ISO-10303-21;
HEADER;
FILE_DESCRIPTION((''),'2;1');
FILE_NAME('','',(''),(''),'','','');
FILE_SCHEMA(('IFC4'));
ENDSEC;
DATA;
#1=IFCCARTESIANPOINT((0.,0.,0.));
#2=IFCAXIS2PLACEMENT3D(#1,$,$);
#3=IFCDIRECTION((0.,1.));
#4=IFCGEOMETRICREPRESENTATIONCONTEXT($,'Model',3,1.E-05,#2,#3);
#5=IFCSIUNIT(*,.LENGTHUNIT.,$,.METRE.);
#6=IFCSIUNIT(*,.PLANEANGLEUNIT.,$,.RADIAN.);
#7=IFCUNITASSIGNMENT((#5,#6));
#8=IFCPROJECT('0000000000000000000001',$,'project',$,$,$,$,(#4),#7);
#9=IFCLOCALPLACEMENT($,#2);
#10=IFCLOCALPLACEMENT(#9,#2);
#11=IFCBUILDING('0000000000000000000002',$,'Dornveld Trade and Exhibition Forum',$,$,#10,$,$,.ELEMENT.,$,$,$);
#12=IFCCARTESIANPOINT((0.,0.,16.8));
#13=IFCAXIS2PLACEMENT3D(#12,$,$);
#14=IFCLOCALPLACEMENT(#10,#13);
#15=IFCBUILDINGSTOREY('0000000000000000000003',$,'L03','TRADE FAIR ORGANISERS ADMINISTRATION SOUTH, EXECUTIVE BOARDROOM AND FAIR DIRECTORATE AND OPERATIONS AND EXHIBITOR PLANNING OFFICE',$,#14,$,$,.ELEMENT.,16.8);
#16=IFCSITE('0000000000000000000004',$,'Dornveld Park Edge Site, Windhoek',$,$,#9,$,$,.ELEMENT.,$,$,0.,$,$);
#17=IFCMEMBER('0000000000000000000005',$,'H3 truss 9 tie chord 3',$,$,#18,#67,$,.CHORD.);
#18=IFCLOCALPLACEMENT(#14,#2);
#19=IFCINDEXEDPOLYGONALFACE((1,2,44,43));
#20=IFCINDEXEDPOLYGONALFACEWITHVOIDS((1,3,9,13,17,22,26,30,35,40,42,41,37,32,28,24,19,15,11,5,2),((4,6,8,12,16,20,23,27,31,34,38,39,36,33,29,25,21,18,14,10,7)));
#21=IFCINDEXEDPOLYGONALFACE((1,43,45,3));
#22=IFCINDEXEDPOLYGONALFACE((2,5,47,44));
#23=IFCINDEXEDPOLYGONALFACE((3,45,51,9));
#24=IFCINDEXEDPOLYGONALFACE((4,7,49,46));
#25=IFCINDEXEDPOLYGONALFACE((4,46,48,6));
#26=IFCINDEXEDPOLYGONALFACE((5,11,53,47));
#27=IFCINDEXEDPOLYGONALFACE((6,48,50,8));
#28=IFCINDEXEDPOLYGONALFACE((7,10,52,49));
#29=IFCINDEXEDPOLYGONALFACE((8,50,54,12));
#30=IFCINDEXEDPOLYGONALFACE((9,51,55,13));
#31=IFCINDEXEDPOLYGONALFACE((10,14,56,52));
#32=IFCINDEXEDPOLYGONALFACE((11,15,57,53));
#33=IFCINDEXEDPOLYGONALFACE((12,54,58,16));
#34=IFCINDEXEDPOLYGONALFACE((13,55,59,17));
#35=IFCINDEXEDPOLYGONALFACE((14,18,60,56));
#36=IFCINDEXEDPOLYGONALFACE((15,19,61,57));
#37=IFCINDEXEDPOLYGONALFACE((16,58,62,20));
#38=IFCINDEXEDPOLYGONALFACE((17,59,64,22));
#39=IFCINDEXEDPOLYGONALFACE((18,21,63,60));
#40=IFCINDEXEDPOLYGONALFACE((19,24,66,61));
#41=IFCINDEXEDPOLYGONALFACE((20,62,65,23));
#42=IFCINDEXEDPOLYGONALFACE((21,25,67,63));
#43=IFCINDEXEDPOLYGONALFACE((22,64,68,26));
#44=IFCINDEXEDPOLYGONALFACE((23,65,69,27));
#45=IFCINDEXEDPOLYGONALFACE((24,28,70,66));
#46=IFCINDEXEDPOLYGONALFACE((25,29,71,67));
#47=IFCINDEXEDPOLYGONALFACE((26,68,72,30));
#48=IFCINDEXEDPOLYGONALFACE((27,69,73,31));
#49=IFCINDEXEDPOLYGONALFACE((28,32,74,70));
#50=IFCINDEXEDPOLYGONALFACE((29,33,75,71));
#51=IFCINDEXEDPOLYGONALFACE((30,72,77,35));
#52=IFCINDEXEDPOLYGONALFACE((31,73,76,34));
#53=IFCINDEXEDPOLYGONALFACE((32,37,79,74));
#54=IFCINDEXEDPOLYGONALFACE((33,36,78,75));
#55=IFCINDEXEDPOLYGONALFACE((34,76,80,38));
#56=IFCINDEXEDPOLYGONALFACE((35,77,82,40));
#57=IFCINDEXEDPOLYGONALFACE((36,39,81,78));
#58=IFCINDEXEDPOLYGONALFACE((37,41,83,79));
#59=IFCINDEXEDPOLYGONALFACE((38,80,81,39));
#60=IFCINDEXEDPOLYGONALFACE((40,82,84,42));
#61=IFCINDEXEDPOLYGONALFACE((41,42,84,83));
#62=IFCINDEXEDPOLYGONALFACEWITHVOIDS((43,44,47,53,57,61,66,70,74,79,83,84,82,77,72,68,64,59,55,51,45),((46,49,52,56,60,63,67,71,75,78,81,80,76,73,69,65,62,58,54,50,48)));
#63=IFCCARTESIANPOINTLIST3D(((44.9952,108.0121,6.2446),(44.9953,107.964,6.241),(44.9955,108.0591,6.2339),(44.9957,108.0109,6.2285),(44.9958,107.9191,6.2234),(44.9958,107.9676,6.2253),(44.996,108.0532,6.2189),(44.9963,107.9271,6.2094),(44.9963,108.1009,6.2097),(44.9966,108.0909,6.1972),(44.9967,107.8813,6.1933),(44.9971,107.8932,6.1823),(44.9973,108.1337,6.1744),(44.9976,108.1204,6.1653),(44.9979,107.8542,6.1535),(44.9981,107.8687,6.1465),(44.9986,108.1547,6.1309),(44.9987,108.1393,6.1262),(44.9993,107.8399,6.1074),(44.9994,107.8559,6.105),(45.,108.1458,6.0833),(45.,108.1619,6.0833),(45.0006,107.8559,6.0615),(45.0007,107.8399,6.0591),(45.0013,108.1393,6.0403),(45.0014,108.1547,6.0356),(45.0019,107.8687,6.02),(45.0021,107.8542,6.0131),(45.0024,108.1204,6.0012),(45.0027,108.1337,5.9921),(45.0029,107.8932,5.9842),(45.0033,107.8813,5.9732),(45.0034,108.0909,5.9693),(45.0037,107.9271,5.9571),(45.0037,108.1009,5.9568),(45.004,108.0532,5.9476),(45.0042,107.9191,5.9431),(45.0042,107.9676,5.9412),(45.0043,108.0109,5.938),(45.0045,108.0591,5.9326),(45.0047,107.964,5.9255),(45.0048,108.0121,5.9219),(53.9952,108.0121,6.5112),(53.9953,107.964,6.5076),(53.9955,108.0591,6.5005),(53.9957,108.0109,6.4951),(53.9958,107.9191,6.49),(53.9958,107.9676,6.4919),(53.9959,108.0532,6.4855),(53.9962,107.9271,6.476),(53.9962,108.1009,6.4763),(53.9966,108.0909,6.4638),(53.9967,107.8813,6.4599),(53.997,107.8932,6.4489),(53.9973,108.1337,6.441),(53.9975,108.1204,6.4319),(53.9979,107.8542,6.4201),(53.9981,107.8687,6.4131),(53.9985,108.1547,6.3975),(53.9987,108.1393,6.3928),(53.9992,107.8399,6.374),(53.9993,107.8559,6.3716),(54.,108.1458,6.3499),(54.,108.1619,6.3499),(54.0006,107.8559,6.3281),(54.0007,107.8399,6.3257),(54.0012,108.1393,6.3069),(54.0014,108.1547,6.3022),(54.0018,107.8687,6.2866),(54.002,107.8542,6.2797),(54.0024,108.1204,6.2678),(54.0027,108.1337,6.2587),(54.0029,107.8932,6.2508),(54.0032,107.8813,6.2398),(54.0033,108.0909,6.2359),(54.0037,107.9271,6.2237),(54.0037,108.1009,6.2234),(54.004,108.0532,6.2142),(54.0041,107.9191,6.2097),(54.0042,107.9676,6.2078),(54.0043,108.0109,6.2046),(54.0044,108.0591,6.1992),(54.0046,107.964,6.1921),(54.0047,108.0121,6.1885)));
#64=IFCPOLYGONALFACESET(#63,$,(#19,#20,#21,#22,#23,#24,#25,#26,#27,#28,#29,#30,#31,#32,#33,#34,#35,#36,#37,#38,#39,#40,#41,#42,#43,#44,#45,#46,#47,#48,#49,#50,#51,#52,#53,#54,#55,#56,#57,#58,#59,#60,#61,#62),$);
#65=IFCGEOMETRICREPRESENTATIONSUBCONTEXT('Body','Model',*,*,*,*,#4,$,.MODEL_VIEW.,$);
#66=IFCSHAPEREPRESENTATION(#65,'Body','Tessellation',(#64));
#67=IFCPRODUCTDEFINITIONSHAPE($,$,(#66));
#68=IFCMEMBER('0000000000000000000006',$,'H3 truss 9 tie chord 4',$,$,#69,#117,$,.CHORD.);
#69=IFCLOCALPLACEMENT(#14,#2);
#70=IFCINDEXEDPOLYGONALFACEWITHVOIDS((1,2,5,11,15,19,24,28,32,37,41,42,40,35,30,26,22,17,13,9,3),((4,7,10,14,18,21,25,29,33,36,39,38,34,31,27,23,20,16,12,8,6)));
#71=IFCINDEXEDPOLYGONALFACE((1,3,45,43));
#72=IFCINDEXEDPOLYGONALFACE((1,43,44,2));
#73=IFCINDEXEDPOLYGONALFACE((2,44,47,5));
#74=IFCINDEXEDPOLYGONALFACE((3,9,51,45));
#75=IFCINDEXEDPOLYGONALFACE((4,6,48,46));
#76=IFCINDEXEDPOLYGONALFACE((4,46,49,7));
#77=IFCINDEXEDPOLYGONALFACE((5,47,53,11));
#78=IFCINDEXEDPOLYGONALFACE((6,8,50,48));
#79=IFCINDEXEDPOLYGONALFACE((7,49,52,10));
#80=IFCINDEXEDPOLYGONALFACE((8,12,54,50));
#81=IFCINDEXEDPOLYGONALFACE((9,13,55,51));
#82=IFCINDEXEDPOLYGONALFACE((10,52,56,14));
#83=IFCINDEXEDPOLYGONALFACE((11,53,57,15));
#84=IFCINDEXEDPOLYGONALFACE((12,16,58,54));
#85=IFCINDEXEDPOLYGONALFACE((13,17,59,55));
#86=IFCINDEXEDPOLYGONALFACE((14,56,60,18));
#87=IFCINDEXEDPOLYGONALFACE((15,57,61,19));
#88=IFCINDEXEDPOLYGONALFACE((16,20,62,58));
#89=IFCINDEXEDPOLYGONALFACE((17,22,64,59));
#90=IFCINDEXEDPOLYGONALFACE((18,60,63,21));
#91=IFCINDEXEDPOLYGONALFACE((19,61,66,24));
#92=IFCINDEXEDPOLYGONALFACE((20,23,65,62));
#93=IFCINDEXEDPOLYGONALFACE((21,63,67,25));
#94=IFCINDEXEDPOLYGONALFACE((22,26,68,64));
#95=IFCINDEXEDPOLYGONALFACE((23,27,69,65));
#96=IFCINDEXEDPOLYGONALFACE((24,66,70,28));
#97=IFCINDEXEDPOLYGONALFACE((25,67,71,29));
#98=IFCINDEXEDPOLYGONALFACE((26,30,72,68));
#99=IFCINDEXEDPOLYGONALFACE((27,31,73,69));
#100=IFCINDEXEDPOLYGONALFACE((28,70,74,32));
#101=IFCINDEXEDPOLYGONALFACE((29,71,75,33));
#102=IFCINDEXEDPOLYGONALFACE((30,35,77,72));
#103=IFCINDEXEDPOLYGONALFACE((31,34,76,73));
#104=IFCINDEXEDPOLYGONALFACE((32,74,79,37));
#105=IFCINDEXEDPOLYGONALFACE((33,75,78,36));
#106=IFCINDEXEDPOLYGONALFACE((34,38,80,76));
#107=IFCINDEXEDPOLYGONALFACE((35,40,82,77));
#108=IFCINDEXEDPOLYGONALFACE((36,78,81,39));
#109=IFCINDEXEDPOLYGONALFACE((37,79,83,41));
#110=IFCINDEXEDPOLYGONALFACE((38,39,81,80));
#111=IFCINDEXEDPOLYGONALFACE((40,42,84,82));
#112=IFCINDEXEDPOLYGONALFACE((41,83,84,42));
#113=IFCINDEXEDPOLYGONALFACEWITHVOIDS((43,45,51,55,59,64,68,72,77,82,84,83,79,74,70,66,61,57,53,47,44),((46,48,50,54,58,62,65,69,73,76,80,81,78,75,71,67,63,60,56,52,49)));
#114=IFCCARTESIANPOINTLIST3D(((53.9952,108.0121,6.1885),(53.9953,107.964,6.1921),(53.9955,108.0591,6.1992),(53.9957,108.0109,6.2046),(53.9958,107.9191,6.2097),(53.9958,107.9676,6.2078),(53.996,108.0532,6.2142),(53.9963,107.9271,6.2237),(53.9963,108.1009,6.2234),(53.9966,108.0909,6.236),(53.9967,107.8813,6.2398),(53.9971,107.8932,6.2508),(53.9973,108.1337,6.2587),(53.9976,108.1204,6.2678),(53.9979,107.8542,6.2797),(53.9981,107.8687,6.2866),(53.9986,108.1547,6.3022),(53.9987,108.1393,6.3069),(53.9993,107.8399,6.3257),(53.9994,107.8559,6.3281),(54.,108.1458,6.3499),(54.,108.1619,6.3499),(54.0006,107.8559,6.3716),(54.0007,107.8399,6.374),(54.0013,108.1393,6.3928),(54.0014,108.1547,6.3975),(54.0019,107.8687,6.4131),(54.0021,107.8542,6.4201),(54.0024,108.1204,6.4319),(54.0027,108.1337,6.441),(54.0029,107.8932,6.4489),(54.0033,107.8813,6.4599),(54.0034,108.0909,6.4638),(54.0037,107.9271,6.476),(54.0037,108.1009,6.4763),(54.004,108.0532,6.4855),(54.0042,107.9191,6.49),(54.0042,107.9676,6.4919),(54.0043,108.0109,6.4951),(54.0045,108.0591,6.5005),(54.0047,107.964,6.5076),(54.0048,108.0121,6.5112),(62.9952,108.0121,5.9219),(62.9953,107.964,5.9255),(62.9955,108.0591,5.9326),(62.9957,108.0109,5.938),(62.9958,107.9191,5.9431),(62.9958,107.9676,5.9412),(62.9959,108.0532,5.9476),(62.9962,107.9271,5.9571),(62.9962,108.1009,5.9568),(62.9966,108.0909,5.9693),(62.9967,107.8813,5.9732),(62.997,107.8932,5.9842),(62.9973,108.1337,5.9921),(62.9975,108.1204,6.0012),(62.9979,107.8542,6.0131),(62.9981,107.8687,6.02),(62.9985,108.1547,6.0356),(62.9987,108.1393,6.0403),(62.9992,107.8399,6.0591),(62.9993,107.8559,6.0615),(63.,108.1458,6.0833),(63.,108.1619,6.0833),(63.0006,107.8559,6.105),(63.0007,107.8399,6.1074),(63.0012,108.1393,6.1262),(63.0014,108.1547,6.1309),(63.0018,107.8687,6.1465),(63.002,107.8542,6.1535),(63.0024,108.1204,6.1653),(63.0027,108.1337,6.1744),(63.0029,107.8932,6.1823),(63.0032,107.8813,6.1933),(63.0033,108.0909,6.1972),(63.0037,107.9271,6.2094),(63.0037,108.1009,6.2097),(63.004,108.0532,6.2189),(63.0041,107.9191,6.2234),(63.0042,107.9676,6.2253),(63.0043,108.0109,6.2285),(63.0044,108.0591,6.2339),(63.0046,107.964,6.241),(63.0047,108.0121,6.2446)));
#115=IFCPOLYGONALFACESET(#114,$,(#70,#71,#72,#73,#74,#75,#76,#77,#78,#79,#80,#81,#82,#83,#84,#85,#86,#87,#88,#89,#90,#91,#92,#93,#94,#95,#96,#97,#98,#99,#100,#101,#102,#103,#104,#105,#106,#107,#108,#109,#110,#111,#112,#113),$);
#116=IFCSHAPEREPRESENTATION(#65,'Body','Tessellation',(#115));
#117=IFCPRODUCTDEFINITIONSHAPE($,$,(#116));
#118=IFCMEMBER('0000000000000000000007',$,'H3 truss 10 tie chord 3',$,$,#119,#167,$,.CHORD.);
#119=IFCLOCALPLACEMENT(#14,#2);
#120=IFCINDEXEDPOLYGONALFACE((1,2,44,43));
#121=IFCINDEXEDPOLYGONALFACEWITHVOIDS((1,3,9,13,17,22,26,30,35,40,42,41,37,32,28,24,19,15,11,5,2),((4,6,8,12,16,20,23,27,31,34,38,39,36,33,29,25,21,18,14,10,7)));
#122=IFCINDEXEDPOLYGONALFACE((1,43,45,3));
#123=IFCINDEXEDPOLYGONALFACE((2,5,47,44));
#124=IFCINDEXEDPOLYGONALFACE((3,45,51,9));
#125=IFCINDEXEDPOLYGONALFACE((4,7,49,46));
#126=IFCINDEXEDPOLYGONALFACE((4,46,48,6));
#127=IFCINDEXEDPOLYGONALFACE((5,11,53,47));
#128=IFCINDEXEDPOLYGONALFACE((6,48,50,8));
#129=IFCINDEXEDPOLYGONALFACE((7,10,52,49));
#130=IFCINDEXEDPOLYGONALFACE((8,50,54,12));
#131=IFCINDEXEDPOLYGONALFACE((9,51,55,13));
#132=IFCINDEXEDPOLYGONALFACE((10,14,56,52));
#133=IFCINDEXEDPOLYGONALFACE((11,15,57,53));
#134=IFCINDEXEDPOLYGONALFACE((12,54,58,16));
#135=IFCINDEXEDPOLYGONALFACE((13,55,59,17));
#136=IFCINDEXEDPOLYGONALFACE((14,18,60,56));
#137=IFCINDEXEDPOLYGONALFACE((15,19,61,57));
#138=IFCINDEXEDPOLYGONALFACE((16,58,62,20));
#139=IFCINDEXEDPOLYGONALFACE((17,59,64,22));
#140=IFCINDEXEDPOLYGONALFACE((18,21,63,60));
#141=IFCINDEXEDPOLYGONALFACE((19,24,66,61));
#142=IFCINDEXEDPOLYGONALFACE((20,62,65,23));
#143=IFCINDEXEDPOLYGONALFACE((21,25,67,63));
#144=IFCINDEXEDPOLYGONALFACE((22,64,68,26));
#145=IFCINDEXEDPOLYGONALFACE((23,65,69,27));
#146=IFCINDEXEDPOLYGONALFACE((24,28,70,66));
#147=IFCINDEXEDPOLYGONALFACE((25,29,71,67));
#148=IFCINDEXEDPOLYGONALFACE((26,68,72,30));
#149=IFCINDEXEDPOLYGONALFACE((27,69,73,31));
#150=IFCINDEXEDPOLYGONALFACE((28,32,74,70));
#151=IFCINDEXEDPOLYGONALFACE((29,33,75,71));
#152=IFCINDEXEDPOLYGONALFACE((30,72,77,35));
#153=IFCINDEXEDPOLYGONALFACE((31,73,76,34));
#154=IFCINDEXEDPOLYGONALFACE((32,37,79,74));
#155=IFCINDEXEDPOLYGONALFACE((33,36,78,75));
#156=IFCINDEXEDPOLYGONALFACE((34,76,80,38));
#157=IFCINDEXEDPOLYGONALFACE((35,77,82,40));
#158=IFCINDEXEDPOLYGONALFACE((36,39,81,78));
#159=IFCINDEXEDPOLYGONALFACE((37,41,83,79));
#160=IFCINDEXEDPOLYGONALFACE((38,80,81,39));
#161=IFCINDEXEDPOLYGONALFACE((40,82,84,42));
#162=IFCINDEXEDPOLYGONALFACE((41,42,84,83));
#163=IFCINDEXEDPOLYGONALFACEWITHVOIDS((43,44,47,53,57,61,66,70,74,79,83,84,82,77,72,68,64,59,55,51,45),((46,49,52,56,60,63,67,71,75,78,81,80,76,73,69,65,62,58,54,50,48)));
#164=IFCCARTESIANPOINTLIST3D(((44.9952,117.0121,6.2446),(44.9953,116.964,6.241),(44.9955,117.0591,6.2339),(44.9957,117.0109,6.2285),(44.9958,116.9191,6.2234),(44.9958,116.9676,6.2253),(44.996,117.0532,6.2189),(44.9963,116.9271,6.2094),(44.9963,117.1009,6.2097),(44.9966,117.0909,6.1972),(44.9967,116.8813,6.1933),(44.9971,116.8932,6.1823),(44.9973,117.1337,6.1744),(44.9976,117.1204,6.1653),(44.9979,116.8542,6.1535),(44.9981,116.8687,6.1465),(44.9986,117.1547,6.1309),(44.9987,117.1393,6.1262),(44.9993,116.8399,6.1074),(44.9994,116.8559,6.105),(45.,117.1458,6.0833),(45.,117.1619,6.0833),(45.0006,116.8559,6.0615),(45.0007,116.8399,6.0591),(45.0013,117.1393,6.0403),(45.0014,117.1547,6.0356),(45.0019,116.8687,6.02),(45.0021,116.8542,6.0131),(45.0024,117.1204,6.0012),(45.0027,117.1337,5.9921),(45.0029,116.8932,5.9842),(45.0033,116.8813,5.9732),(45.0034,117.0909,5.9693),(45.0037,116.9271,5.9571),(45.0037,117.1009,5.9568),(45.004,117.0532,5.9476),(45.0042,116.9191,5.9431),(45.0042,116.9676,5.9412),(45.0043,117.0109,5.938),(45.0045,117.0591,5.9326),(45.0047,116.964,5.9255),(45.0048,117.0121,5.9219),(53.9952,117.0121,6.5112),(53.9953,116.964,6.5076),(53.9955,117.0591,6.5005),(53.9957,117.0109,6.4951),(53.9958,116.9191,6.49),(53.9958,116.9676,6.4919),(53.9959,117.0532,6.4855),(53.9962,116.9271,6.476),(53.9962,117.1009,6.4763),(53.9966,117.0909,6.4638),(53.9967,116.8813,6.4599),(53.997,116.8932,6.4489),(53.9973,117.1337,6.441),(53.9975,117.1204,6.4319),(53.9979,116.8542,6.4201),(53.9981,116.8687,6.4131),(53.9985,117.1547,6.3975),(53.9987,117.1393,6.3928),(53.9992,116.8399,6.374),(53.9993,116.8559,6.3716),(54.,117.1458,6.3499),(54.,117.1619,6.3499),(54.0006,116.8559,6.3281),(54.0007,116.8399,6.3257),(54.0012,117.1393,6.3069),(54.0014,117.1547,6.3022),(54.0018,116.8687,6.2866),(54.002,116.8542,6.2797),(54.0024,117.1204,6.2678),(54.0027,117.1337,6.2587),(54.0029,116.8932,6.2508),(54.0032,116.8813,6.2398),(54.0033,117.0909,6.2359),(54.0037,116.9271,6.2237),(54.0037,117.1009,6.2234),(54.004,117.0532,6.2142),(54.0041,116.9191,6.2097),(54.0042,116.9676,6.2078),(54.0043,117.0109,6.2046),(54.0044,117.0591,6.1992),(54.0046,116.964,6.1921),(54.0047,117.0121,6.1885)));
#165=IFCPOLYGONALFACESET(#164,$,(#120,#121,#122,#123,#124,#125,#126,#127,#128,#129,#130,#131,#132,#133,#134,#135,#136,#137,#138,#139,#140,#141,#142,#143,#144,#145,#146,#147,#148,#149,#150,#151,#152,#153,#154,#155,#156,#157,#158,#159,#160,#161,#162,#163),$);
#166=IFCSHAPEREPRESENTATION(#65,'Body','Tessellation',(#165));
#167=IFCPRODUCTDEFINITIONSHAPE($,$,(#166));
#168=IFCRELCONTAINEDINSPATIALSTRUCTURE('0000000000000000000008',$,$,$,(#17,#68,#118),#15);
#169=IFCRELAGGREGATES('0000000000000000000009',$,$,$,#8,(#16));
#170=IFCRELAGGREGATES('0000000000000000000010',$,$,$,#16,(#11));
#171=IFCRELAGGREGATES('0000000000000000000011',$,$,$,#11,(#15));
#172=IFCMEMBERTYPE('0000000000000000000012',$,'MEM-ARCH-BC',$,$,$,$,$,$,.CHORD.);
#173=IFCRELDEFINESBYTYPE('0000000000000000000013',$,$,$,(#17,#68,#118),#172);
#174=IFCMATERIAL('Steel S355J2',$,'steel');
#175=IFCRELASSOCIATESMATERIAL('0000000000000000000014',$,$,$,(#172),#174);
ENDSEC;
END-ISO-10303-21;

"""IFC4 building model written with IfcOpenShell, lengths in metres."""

from ifc_helpers import new_model, si_unit, direction, frame, origin, origin_2d, place, context, subcontext, project, spatial, hollow_circle, extrude, material, material_profile, profile_set, type_object, element, save


model = new_model("IFC4")

# Units and contexts
model_context = context("Model", 3, precision=1e-05, world=origin(), true_north=direction((0.0, 1.0)))
body_context = subcontext(model_context, "Body", "Model", "MODEL_VIEW")
ifc_project = project(units=[si_unit("LENGTHUNIT", "METRE"), si_unit("PLANEANGLEUNIT", "RADIAN")], contexts=[model_context])

# Site, building, storey
site_placement = place(None, origin())
site = spatial("IfcSite", under=ifc_project, at=site_placement, Name="Dornveld Park Edge Site, Windhoek", CompositionType="ELEMENT", RefElevation=0.0)
building_placement = place(site_placement, origin())
building = spatial("IfcBuilding", under=site, at=building_placement, Name="Dornveld Trade and Exhibition Forum", CompositionType="ELEMENT")
storey_placement = place(building_placement, frame((0.0, 0.0, 16.8)))
storey = spatial("IfcBuildingStorey", under=building, at=storey_placement, Name="L03", Description="TRADE FAIR ORGANISERS ADMINISTRATION SOUTH, EXECUTIVE BOARDROOM AND FAIR DIRECTORATE AND OPERATIONS AND EXHIBITOR PLANNING OFFICE", CompositionType="ELEMENT", Elevation=16.8)

# Members
ifc_material_1 = material(Name="Steel S355J2", Category="steel")
ifc_material_profile_1 = material_profile(ifc_material_1, hollow_circle(Radius=0.1619, WallThickness=0.0161, at=origin_2d()), Name="CHS 323.9x16")
ifc_profile_set_1 = profile_set([ifc_material_profile_1], Name="Steel S355J2")
member_type_1 = type_object("IfcMemberType", Name="MEM-ARCH-BC", PredefinedType="CHORD", material=ifc_profile_set_1)
for number, where, z_axis, x_axis, name in (
    (1, (45.0, 108.0, 6.0833), (0.999562, 0.0, 0.029609), (0.0, 1.0, 0.0), "H3 truss 9 tie chord 3"),
    (2, (54.0, 108.0, 6.3499), (0.999562, 0.0, -0.029609), (0.0, 1.0, 0.0), "H3 truss 9 tie chord 4"),
    (3, (45.0, 117.0, 6.0833), (0.999562, 0.0, 0.029609), (0.0, 1.0, 0.0), "H3 truss 10 tie chord 3"),
):
    element("IfcMember", number, at=place(storey_placement, frame(where, z_axis=z_axis, x_axis=x_axis)), inside=storey, type_object=member_type_1, Name=name, PredefinedType="CHORD", context=body_context, shape_type="SweptSolid", body=[
        extrude(hollow_circle(Radius=0.1619, WallThickness=0.0161, at=origin_2d()), origin(), (0.0, 0.0, 1.0), 9.0039),
    ])

save(model, "model.ifc")
